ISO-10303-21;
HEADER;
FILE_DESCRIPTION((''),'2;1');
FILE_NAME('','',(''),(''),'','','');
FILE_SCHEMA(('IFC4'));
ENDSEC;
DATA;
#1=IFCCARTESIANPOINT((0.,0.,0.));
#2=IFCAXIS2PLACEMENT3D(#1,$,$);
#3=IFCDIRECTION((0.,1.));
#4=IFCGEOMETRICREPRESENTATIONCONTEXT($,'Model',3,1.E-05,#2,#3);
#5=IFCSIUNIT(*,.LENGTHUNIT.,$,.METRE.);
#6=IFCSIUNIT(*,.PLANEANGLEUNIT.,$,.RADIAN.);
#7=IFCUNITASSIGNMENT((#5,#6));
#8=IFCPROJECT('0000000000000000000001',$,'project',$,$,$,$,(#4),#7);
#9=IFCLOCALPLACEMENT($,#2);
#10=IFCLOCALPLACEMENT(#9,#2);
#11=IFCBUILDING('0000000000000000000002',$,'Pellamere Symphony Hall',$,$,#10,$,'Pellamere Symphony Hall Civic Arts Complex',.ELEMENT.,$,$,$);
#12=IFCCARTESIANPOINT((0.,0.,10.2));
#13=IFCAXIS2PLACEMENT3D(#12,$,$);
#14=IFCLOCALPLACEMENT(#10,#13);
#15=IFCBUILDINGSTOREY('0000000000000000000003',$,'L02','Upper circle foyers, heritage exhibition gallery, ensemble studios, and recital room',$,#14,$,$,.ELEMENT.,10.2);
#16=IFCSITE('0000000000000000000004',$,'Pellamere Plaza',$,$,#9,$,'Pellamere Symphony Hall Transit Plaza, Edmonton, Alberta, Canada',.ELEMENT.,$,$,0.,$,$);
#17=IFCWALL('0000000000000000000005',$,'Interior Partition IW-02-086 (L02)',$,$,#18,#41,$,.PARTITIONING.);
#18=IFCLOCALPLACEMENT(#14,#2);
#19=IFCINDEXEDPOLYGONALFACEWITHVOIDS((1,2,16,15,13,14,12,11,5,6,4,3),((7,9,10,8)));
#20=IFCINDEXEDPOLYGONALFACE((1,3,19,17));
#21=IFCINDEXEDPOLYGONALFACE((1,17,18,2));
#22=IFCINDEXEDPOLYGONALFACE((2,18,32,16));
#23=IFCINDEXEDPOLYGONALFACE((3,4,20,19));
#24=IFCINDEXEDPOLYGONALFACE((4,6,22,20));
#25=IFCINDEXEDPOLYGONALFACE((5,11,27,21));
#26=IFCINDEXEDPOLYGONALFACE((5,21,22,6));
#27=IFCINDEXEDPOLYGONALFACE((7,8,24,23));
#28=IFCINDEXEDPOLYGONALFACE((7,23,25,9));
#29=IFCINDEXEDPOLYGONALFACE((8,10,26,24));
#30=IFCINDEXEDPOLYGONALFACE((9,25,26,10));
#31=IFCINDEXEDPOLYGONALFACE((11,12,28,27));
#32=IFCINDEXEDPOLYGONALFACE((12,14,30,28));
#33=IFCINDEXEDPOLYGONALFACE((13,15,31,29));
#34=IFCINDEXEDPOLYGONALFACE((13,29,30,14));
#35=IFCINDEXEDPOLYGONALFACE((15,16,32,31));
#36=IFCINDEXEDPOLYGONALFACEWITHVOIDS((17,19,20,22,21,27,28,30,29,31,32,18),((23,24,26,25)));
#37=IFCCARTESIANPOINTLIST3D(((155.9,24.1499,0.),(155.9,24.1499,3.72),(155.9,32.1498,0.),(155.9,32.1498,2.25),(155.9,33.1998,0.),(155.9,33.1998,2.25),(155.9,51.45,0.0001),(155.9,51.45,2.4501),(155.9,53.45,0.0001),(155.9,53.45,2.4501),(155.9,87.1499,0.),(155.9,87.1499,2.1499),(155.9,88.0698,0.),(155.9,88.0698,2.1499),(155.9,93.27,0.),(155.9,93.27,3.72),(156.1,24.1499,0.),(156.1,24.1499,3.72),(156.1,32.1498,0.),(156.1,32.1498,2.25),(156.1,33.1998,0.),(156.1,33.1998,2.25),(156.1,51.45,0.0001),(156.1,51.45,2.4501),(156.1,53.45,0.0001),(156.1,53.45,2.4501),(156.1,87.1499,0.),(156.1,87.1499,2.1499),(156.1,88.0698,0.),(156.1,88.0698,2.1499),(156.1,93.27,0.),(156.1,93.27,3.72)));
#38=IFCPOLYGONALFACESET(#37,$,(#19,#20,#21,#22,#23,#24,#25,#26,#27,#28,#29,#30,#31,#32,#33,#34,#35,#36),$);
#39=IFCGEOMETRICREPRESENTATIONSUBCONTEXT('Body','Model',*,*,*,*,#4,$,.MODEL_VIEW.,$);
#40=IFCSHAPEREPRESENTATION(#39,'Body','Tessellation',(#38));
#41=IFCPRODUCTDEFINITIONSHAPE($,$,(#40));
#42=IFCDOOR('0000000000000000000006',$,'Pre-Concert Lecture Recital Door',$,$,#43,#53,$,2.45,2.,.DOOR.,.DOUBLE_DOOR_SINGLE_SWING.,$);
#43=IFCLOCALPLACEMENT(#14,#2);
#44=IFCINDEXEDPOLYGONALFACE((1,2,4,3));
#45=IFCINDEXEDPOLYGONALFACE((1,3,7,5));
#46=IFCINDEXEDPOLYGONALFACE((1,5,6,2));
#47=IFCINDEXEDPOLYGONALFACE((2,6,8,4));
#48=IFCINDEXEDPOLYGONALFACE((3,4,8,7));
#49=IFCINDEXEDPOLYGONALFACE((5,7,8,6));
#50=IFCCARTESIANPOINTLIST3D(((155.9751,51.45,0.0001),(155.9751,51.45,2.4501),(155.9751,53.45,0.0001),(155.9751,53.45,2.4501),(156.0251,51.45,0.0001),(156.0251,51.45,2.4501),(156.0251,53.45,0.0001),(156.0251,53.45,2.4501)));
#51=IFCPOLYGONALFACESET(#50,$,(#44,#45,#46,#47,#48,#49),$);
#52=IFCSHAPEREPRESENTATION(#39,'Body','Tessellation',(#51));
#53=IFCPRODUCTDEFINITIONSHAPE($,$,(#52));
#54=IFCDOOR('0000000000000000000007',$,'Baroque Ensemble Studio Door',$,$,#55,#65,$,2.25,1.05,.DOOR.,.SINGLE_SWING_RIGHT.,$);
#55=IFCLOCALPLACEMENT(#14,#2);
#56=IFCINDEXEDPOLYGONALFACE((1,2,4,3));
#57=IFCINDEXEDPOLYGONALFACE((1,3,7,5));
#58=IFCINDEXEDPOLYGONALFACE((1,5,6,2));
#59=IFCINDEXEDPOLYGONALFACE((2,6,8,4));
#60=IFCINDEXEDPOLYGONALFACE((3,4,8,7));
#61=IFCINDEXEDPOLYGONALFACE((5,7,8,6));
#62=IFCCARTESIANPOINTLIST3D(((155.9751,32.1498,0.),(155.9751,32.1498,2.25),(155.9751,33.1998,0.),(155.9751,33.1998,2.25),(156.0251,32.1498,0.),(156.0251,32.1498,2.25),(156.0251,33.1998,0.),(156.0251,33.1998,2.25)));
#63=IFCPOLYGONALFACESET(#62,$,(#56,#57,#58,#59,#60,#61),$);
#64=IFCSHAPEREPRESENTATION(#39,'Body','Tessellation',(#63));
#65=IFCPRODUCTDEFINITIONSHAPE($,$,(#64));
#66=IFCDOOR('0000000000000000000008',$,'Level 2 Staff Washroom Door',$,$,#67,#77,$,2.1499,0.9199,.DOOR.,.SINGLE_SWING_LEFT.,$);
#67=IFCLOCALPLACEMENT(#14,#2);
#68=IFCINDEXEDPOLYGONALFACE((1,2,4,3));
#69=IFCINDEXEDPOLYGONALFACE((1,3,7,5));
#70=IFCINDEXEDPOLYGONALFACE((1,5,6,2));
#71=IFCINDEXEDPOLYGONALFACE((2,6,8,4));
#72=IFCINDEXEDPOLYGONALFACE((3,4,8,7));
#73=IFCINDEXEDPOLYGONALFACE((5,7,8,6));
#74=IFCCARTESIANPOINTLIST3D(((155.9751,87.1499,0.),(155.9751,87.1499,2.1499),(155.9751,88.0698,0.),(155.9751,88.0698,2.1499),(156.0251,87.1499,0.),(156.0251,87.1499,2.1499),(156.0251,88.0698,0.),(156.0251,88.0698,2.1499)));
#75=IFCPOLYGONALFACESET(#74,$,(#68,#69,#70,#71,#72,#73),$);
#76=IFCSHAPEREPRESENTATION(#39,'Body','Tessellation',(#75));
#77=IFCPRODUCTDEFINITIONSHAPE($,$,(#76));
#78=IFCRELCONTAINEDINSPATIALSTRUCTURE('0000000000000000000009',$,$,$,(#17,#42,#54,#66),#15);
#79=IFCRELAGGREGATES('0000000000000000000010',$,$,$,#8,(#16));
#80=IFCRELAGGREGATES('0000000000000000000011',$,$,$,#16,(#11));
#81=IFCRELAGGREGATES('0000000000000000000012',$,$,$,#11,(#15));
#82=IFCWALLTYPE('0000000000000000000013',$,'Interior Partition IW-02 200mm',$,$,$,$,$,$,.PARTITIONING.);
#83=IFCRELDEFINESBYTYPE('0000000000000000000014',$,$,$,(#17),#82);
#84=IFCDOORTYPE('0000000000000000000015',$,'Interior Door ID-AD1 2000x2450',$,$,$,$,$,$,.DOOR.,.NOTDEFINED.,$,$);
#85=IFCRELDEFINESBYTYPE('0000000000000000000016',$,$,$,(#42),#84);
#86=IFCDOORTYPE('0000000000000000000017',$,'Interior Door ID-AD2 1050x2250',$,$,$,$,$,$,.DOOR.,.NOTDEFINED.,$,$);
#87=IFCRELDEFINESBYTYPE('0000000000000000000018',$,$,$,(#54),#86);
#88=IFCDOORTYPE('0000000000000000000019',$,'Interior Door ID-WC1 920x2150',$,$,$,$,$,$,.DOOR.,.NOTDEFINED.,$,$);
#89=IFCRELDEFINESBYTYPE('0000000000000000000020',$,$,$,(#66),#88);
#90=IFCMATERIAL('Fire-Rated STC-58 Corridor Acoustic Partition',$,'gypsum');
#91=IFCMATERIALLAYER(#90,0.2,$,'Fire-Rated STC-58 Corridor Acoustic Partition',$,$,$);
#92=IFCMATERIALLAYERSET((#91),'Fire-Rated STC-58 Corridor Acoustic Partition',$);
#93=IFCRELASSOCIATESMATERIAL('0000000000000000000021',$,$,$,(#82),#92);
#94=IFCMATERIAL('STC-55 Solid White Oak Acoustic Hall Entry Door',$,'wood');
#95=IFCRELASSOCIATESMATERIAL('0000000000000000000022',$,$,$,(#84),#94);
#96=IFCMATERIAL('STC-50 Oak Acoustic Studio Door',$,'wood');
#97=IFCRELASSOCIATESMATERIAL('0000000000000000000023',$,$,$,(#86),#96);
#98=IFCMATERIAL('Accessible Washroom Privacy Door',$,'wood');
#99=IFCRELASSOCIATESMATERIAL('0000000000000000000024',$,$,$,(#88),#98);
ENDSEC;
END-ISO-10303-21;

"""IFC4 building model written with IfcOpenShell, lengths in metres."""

from ifc_helpers import new_model, si_unit, direction, frame, frame_2d, origin, place, context, subcontext, project, spatial, rectangle, extrude, material, layer, layer_set, type_object, element, fill, save


model = new_model("IFC4")

# Units and contexts
model_context = context("Model", 3, precision=1e-05, world=origin(), true_north=direction((0.0, 1.0)))
body_context = subcontext(model_context, "Body", "Model", "MODEL_VIEW")
ifc_project = project(units=[si_unit("LENGTHUNIT", "METRE"), si_unit("PLANEANGLEUNIT", "RADIAN")], contexts=[model_context])

# Site, building, storey
site_placement = place(None, origin())
site = spatial("IfcSite", under=ifc_project, at=site_placement, Name="Pellamere Plaza", LongName="Pellamere Symphony Hall Transit Plaza, Edmonton, Alberta, Canada", CompositionType="ELEMENT", RefElevation=0.0)
building_placement = place(site_placement, origin())
building = spatial("IfcBuilding", under=site, at=building_placement, Name="Pellamere Symphony Hall", LongName="Pellamere Symphony Hall Civic Arts Complex", CompositionType="ELEMENT")
storey_placement = place(building_placement, frame((0.0, 0.0, 10.2)))
storey = spatial("IfcBuildingStorey", under=building, at=storey_placement, Name="L02", Description="Upper circle foyers, heritage exhibition gallery, ensemble studios, and recital room", CompositionType="ELEMENT", Elevation=10.2)

# Wall, openings, doors
ifc_material_1 = material(Name="Fire-Rated STC-58 Corridor Acoustic Partition", Category="gypsum")
ifc_layer_1 = layer(ifc_material_1, 0.2, Name="Fire-Rated STC-58 Corridor Acoustic Partition")
ifc_layer_set_1 = layer_set([ifc_layer_1], Name="Fire-Rated STC-58 Corridor Acoustic Partition")
wall_type_1 = type_object("IfcWallType", Name="Interior Partition IW-02 200mm", PredefinedType="PARTITIONING", material=ifc_layer_set_1)
wall_1_placement = place(storey_placement, frame((156.0, 24.1499, 0.0), z_axis=(0.0, 0.0, 1.0), x_axis=(0.0, 1.0, 0.0)))
wall_1 = element("IfcWall", 1, at=wall_1_placement, inside=storey, type_object=wall_type_1, Name="Interior Partition IW-02-086 (L02)", PredefinedType="PARTITIONING", context=body_context, shape_type="SweptSolid", body=[
    extrude(rectangle(XDim=69.1201, YDim=0.2, at=frame_2d((34.5601, 0.0))), origin(), (0.0, 0.0, 1.0), 3.72),
])
opening_1_placement = place(wall_1_placement, frame((8.0, 0.0, 0.0)))
opening_1 = element("IfcOpeningElement", 2, at=opening_1_placement, cuts=wall_1, PredefinedType="OPENING", context=body_context, shape_type="SweptSolid", body=[
    extrude(rectangle(XDim=1.05, YDim=2.25, at=frame_2d((0.5249, 1.125))), frame((0.0, 0.1099, 0.0), z_axis=(0.0, -1.0, 0.0), x_axis=(1.0, 0.0, 0.0)), (0.0, 0.0, 1.0), 0.22),
])
opening_2_placement = place(wall_1_placement, frame((27.3, 0.0, 0.0)))
opening_2 = element("IfcOpeningElement", 3, at=opening_2_placement, cuts=wall_1, PredefinedType="OPENING", context=body_context, shape_type="SweptSolid", body=[
    extrude(rectangle(XDim=2.0, YDim=2.45, at=frame_2d((1.0, 1.2251))), frame((0.0, 0.1099, 0.0), z_axis=(0.0, -1.0, 0.0), x_axis=(1.0, 0.0, 0.0)), (0.0, 0.0, 1.0), 0.22),
])
opening_3_placement = place(wall_1_placement, frame((63.0, 0.0, 0.0)))
opening_3 = element("IfcOpeningElement", 4, at=opening_3_placement, cuts=wall_1, PredefinedType="OPENING", context=body_context, shape_type="SweptSolid", body=[
    extrude(rectangle(XDim=0.9199, YDim=2.1499, at=frame_2d((0.46, 1.075))), frame((0.0, 0.1099, 0.0), z_axis=(0.0, -1.0, 0.0), x_axis=(1.0, 0.0, 0.0)), (0.0, 0.0, 1.0), 0.22),
])
ifc_material_2 = material(Name="STC-55 Solid White Oak Acoustic Hall Entry Door", Category="wood")
door_type_1 = type_object("IfcDoorType", Name="Interior Door ID-AD1 2000x2450", OperationType="NOTDEFINED", PredefinedType="DOOR", material=ifc_material_2)
door_1_placement = place(opening_2_placement, origin())
door_1 = element("IfcDoor", 5, at=door_1_placement, inside=storey, type_object=door_type_1, Name="Pre-Concert Lecture Recital Door", OperationType="DOUBLE_DOOR_SINGLE_SWING", OverallHeight=2.45, OverallWidth=2.0, PredefinedType="DOOR", context=body_context, shape_type="SweptSolid", body=[
    extrude(rectangle(XDim=2.0, YDim=2.45, at=frame_2d((1.0, 1.2251))), frame((0.0, 0.0249, 0.0), z_axis=(0.0, -1.0, 0.0), x_axis=(1.0, 0.0, 0.0)), (0.0, 0.0, 1.0), 0.05),
])
fill(opening_2, door_1)
ifc_material_3 = material(Name="STC-50 Oak Acoustic Studio Door", Category="wood")
door_type_2 = type_object("IfcDoorType", Name="Interior Door ID-AD2 1050x2250", OperationType="NOTDEFINED", PredefinedType="DOOR", material=ifc_material_3)
door_2_placement = place(opening_1_placement, origin())
door_2 = element("IfcDoor", 6, at=door_2_placement, inside=storey, type_object=door_type_2, Name="Baroque Ensemble Studio Door", OperationType="SINGLE_SWING_RIGHT", OverallHeight=2.25, OverallWidth=1.05, PredefinedType="DOOR", context=body_context, shape_type="SweptSolid", body=[
    extrude(rectangle(XDim=1.05, YDim=2.25, at=frame_2d((0.5249, 1.125))), frame((0.0, 0.0249, 0.0), z_axis=(0.0, -1.0, 0.0), x_axis=(1.0, 0.0, 0.0)), (0.0, 0.0, 1.0), 0.05),
])
fill(opening_1, door_2)
ifc_material_4 = material(Name="Accessible Washroom Privacy Door", Category="wood")
door_type_3 = type_object("IfcDoorType", Name="Interior Door ID-WC1 920x2150", OperationType="NOTDEFINED", PredefinedType="DOOR", material=ifc_material_4)
door_3_placement = place(opening_3_placement, origin())
door_3 = element("IfcDoor", 7, at=door_3_placement, inside=storey, type_object=door_type_3, Name="Level 2 Staff Washroom Door", OperationType="SINGLE_SWING_LEFT", OverallHeight=2.1499, OverallWidth=0.9199, PredefinedType="DOOR", context=body_context, shape_type="SweptSolid", body=[
    extrude(rectangle(XDim=0.9199, YDim=2.1499, at=frame_2d((0.46, 1.075))), frame((0.0, 0.0249, 0.0), z_axis=(0.0, -1.0, 0.0), x_axis=(1.0, 0.0, 0.0)), (0.0, 0.0, 1.0), 0.05),
])
fill(opening_3, door_3)

save(model, "model.ifc")
